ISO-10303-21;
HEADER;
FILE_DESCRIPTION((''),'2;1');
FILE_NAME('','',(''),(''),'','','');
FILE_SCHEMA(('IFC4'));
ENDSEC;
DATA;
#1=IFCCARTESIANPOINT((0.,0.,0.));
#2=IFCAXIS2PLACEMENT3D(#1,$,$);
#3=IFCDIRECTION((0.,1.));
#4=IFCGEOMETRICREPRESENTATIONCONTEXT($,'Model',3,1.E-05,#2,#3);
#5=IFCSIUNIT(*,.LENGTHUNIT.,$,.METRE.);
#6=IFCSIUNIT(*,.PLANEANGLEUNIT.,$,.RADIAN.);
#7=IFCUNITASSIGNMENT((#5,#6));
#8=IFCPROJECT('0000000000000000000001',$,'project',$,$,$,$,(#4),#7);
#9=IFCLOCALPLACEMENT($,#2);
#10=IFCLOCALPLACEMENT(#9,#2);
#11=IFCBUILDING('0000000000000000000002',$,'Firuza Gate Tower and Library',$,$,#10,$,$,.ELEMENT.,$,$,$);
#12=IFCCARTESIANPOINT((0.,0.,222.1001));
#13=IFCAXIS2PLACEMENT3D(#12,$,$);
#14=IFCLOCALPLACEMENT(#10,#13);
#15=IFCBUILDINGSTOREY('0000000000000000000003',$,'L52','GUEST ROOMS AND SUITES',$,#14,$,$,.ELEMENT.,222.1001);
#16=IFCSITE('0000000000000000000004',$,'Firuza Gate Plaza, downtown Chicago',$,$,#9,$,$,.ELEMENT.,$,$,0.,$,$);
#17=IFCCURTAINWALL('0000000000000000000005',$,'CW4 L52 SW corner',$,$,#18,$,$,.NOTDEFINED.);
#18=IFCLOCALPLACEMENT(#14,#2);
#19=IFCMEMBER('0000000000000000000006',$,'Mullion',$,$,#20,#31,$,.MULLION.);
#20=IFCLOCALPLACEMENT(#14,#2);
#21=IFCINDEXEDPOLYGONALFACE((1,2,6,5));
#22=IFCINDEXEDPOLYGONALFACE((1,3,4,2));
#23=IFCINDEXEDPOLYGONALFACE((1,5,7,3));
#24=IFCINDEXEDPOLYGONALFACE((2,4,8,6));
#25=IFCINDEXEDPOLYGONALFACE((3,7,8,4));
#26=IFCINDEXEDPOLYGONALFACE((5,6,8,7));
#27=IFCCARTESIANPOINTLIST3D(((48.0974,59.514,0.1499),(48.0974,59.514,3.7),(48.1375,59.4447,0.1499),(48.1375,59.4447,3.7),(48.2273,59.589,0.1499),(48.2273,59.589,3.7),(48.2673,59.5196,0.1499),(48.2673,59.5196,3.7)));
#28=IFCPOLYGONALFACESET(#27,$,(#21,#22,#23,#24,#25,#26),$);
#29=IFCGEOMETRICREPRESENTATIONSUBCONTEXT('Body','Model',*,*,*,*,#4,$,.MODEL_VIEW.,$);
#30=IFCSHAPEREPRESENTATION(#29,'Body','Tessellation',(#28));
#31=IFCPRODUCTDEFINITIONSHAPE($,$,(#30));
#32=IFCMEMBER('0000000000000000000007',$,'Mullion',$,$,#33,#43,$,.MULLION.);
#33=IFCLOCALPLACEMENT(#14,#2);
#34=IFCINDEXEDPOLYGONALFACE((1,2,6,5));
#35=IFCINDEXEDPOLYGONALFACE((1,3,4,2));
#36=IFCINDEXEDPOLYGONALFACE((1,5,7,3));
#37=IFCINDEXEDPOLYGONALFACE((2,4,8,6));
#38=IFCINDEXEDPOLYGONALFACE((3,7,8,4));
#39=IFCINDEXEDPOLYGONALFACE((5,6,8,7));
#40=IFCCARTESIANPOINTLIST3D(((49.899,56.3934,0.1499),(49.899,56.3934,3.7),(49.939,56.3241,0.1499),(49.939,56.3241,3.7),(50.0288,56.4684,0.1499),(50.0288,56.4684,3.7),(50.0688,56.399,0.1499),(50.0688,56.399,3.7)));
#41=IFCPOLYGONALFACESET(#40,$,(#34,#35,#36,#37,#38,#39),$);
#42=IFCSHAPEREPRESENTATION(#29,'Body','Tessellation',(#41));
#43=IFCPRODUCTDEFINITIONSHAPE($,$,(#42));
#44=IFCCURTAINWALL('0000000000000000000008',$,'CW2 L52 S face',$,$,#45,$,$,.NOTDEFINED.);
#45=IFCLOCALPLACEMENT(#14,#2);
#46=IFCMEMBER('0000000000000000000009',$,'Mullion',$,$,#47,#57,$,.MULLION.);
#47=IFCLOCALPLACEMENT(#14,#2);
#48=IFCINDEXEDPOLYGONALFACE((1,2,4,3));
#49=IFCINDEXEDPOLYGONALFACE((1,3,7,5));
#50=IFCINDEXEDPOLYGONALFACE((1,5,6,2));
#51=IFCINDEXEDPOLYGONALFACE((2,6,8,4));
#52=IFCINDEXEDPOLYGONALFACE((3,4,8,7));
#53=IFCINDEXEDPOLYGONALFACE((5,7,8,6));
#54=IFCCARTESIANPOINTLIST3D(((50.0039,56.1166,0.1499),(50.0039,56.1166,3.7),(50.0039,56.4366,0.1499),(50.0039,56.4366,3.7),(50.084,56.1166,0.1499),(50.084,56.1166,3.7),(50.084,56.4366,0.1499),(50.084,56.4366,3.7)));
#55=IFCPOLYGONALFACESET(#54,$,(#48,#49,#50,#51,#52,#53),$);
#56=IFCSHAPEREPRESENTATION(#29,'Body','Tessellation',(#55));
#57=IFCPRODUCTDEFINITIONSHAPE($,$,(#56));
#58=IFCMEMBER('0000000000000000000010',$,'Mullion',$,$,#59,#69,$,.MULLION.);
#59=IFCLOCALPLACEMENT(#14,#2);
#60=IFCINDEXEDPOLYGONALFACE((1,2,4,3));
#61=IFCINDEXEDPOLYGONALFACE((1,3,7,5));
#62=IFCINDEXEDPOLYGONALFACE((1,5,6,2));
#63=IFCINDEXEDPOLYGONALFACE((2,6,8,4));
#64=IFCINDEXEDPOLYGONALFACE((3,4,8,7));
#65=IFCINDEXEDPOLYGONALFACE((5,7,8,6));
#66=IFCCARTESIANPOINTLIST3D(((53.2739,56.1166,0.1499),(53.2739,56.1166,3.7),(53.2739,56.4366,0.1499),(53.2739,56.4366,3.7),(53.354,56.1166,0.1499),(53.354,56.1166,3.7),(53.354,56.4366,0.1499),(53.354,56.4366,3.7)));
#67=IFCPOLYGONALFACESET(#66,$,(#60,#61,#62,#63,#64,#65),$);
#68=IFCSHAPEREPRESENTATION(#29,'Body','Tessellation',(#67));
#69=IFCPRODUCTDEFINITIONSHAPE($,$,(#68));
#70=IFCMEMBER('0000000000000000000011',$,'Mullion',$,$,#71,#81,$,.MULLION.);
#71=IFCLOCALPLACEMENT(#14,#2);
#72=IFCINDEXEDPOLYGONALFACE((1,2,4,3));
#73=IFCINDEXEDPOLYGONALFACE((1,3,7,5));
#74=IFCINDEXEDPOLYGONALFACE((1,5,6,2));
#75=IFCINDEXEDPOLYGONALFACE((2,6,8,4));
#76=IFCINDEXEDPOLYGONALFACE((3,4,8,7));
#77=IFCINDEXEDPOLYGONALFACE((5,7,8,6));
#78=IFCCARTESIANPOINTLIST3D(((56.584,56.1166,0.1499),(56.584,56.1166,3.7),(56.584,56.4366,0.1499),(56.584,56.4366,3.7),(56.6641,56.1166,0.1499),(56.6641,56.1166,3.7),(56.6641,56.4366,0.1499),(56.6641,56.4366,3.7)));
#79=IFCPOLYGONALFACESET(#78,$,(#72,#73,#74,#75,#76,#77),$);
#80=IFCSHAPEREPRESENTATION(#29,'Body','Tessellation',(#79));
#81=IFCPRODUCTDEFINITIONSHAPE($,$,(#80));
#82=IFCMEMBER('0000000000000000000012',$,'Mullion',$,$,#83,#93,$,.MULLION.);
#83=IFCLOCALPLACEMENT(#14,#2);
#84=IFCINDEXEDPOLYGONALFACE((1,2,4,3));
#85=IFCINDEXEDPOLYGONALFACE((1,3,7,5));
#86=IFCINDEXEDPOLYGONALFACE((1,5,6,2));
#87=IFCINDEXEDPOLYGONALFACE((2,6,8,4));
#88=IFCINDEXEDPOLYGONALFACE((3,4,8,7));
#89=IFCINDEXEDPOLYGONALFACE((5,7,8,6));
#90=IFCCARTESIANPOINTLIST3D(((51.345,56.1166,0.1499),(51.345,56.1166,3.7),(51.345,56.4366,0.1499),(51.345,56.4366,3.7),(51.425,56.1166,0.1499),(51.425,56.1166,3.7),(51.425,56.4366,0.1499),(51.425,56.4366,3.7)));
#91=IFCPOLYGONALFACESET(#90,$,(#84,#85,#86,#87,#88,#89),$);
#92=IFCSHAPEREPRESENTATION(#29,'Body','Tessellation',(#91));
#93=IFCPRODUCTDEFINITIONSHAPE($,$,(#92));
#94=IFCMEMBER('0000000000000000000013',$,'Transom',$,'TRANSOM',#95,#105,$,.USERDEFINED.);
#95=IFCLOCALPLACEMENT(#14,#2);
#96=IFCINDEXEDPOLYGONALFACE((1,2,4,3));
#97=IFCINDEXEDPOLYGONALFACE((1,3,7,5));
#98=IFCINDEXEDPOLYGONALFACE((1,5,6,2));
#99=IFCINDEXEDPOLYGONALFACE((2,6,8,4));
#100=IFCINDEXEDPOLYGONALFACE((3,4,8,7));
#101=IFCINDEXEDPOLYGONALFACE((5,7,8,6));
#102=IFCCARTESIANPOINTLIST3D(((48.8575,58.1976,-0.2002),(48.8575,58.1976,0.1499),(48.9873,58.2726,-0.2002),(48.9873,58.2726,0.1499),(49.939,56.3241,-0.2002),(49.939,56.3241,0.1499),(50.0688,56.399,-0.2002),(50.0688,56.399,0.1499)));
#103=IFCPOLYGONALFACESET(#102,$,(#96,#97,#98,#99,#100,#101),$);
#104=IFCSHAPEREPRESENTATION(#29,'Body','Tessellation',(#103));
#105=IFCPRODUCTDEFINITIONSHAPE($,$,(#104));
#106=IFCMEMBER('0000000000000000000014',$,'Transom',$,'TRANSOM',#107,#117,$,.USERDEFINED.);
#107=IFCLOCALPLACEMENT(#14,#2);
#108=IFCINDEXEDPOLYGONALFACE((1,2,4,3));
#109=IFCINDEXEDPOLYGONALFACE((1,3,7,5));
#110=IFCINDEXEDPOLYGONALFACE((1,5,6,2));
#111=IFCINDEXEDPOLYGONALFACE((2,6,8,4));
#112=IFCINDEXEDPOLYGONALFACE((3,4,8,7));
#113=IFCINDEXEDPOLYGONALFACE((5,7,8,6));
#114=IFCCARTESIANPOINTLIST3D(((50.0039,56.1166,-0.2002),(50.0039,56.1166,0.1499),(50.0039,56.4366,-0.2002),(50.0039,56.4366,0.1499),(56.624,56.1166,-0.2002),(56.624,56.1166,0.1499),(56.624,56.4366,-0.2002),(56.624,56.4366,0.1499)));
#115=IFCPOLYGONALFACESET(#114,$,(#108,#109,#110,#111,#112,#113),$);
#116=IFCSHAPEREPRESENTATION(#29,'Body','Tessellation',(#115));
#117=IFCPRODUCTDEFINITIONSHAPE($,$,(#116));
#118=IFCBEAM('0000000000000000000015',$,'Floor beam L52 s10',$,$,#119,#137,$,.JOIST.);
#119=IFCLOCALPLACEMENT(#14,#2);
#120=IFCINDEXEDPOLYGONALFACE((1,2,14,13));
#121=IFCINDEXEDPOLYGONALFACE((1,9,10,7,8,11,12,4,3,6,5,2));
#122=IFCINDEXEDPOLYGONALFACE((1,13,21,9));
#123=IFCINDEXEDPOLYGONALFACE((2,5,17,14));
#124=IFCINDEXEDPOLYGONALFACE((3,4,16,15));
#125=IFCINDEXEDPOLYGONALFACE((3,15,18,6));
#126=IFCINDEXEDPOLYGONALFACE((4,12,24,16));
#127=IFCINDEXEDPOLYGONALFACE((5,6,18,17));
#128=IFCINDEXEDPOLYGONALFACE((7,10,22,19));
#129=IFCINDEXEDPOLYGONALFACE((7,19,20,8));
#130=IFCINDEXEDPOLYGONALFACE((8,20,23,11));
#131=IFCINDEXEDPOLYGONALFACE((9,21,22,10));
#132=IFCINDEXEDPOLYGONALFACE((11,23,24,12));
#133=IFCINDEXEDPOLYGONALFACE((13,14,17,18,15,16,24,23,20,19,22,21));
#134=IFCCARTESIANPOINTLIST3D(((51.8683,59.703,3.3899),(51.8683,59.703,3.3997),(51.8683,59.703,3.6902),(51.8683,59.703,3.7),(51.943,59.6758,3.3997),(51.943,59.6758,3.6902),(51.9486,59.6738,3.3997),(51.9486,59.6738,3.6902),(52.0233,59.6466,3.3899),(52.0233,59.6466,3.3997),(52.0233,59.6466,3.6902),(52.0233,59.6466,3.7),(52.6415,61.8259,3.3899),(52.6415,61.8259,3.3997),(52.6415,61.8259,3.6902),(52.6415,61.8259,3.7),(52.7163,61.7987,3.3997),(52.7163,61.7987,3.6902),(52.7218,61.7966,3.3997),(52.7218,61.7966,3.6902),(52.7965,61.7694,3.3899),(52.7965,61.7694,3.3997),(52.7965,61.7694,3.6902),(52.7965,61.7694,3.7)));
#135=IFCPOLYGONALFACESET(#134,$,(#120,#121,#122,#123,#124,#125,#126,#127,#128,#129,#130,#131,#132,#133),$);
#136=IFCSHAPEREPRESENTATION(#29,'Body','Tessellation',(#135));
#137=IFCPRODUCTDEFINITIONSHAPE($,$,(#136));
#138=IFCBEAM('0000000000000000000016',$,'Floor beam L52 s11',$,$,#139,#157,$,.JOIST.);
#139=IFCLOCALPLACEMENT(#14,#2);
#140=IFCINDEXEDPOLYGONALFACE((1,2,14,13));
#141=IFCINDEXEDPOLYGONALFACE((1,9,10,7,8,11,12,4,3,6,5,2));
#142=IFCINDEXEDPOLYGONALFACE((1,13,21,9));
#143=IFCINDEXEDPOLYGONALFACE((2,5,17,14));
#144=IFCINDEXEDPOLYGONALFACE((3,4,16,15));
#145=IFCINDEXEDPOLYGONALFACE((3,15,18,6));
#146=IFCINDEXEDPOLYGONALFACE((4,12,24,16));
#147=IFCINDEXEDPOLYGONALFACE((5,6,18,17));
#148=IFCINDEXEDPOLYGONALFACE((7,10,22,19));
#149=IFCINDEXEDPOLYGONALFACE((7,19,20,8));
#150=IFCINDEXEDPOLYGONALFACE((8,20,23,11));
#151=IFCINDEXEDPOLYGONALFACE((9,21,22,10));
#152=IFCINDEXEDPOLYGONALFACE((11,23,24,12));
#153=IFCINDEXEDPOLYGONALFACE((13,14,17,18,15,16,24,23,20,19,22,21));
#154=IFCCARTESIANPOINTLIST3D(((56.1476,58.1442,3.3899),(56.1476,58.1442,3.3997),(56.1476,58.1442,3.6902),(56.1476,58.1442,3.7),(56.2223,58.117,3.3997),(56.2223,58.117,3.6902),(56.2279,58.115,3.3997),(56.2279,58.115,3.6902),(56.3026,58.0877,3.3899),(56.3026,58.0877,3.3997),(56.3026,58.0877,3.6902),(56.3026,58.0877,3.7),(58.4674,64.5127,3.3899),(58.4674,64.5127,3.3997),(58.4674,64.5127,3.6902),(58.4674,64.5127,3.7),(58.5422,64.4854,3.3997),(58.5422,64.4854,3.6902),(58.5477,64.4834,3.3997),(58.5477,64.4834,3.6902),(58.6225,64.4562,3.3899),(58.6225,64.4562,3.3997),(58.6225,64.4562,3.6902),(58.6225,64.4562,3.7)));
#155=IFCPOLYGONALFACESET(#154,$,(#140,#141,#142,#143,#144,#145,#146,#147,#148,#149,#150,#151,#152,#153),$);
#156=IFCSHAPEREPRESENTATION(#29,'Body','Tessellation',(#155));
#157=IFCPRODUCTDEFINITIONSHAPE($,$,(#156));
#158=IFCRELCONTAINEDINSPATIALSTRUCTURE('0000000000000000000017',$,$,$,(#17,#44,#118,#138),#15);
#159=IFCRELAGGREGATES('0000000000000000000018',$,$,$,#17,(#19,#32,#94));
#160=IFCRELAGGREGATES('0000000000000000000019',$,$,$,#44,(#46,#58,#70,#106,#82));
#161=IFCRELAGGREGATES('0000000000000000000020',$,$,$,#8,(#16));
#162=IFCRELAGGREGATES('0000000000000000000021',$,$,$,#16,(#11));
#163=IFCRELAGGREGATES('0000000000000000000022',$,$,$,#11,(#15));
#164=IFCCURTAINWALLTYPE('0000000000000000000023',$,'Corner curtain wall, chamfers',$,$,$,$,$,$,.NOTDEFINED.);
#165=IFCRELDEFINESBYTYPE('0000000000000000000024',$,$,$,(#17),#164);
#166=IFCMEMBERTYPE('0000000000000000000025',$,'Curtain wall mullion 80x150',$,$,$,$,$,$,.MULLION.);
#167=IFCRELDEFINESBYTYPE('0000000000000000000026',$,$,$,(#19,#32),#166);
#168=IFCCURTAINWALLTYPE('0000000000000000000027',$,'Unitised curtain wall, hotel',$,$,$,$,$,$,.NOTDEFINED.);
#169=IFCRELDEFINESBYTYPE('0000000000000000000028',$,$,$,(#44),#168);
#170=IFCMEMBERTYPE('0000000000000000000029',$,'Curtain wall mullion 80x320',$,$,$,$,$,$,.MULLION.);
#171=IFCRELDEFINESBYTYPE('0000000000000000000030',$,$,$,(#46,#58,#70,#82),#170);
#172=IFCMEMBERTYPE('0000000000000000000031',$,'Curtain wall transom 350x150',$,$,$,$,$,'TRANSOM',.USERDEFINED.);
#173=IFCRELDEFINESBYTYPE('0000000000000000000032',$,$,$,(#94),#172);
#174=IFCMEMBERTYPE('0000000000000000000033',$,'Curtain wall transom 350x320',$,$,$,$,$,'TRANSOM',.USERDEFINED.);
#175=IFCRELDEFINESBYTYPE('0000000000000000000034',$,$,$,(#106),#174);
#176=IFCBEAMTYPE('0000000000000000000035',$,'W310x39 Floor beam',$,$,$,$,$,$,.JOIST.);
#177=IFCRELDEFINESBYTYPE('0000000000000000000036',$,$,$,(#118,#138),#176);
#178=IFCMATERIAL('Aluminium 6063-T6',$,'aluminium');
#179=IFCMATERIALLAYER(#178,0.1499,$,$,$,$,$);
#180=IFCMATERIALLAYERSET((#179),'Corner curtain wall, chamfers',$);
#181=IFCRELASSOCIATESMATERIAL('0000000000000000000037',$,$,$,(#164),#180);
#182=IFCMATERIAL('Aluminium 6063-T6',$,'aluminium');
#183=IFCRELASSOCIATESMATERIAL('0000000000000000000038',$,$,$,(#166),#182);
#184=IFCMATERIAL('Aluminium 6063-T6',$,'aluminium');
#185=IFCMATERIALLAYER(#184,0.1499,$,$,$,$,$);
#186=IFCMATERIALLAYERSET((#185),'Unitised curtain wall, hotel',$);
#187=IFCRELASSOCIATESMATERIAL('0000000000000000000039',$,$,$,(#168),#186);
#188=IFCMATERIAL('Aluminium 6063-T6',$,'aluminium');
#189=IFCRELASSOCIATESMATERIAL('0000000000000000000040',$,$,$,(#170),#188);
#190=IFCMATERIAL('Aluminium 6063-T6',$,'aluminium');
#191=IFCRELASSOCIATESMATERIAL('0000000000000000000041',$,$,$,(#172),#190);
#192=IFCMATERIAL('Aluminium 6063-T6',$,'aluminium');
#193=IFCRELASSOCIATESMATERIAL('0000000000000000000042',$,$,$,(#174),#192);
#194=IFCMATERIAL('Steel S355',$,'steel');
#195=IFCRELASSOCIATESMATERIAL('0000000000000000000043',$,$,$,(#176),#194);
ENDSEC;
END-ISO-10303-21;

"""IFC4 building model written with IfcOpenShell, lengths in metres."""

from ifc_helpers import new_model, si_unit, direction, frame, origin, origin_2d, place, context, subcontext, project, spatial, rectangle, i_section, extrude, material, layer, layer_set, material_profile, profile_set, type_object, element, aggregate, save


model = new_model("IFC4")

# Units and contexts
model_context = context("Model", 3, precision=1e-05, world=origin(), true_north=direction((0.0, 1.0)))
body_context = subcontext(model_context, "Body", "Model", "MODEL_VIEW")
ifc_project = project(units=[si_unit("LENGTHUNIT", "METRE"), si_unit("PLANEANGLEUNIT", "RADIAN")], contexts=[model_context])

# Site, building, storey
site_placement = place(None, origin())
site = spatial("IfcSite", under=ifc_project, at=site_placement, Name="Firuza Gate Plaza, downtown Chicago", CompositionType="ELEMENT", RefElevation=0.0)
building_placement = place(site_placement, origin())
building = spatial("IfcBuilding", under=site, at=building_placement, Name="Firuza Gate Tower and Library", CompositionType="ELEMENT")
storey_placement = place(building_placement, frame((0.0, 0.0, 222.1001)))
storey = spatial("IfcBuildingStorey", under=building, at=storey_placement, Name="L52", Description="GUEST ROOMS AND SUITES", CompositionType="ELEMENT", Elevation=222.1001)

# Curtain walls, members
ifc_material_1 = material(Name="Aluminium 6063-T6", Category="aluminium")
ifc_layer_1 = layer(ifc_material_1, 0.1499)
ifc_layer_set_1 = layer_set([ifc_layer_1], Name="Corner curtain wall, chamfers")
curtain_wall_type_1 = type_object("IfcCurtainWallType", Name="Corner curtain wall, chamfers", PredefinedType="NOTDEFINED", material=ifc_layer_set_1)
placement_1 = place(storey_placement, origin())
curtain_wall_1 = element("IfcCurtainWall", 1, at=placement_1, inside=storey, type_object=curtain_wall_type_1, Name="CW4 L52 SW corner", PredefinedType="NOTDEFINED")
ifc_material_2 = material(Name="Aluminium 6063-T6", Category="aluminium")
ifc_material_profile_1 = material_profile(ifc_material_2, rectangle(XDim=0.1499, YDim=0.0801, at=origin_2d()))
ifc_profile_set_1 = profile_set([ifc_material_profile_1], Name="Aluminium 6063-T6")
member_type_1 = type_object("IfcMemberType", Name="Curtain wall mullion 80x150", PredefinedType="MULLION", material=ifc_profile_set_1)
member_1_placement = place(storey_placement, frame((48.1824, 59.5168, 0.1499), z_axis=(0.0, 0.0, 1.0), x_axis=(0.866025, 0.5, 0.0)))
member_1 = element("IfcMember", 2, at=member_1_placement, type_object=member_type_1, Name="Mullion", PredefinedType="MULLION", context=body_context, shape_type="SweptSolid", body=[
    extrude(rectangle(XDim=0.1499, YDim=0.0801, at=origin_2d()), origin(), (0.0, 0.0, 1.0), 3.55),
])
member_2_placement = place(storey_placement, frame((49.9839, 56.3962, 0.1499), z_axis=(0.0, 0.0, 1.0), x_axis=(0.866025, 0.5, 0.0)))
member_2 = element("IfcMember", 3, at=member_2_placement, type_object=member_type_1, Name="Mullion", PredefinedType="MULLION", context=body_context, shape_type="SweptSolid", body=[
    extrude(rectangle(XDim=0.1499, YDim=0.0801, at=origin_2d()), origin(), (0.0, 0.0, 1.0), 3.55),
])
ifc_material_3 = material(Name="Aluminium 6063-T6", Category="aluminium")
ifc_layer_2 = layer(ifc_material_3, 0.1499)
ifc_layer_set_2 = layer_set([ifc_layer_2], Name="Unitised curtain wall, hotel")
curtain_wall_type_2 = type_object("IfcCurtainWallType", Name="Unitised curtain wall, hotel", PredefinedType="NOTDEFINED", material=ifc_layer_set_2)
curtain_wall_2 = element("IfcCurtainWall", 4, at=placement_1, inside=storey, type_object=curtain_wall_type_2, Name="CW2 L52 S face", PredefinedType="NOTDEFINED")
ifc_material_4 = material(Name="Aluminium 6063-T6", Category="aluminium")
ifc_material_profile_2 = material_profile(ifc_material_4, rectangle(XDim=0.3201, YDim=0.0801, at=origin_2d()))
ifc_profile_set_2 = profile_set([ifc_material_profile_2], Name="Aluminium 6063-T6")
member_type_2 = type_object("IfcMemberType", Name="Curtain wall mullion 80x320", PredefinedType="MULLION", material=ifc_profile_set_2)
member_3_placement = place(storey_placement, frame((50.0439, 56.2766, 0.1499), z_axis=(0.0, 0.0, 1.0), x_axis=(0.0, 1.0, 0.0)))
member_3 = element("IfcMember", 5, at=member_3_placement, type_object=member_type_2, Name="Mullion", PredefinedType="MULLION", context=body_context, shape_type="SweptSolid", body=[
    extrude(rectangle(XDim=0.3201, YDim=0.0801, at=origin_2d()), origin(), (0.0, 0.0, 1.0), 3.55),
])
member_4_placement = place(storey_placement, frame((53.314, 56.2766, 0.1499), z_axis=(0.0, 0.0, 1.0), x_axis=(0.0, 1.0, 0.0)))
member_4 = element("IfcMember", 6, at=member_4_placement, type_object=member_type_2, Name="Mullion", PredefinedType="MULLION", context=body_context, shape_type="SweptSolid", body=[
    extrude(rectangle(XDim=0.3201, YDim=0.0801, at=origin_2d()), origin(), (0.0, 0.0, 1.0), 3.55),
])
member_5_placement = place(storey_placement, frame((56.624, 56.2766, 0.1499), z_axis=(0.0, 0.0, 1.0), x_axis=(0.0, 1.0, 0.0)))
member_5 = element("IfcMember", 7, at=member_5_placement, type_object=member_type_2, Name="Mullion", PredefinedType="MULLION", context=body_context, shape_type="SweptSolid", body=[
    extrude(rectangle(XDim=0.3201, YDim=0.0801, at=origin_2d()), origin(), (0.0, 0.0, 1.0), 3.55),
])
member_6_placement = place(storey_placement, frame((51.385, 56.2766, 0.1499), z_axis=(0.0, 0.0, 1.0), x_axis=(0.0, 1.0, 0.0)))
member_6 = element("IfcMember", 8, at=member_6_placement, type_object=member_type_2, Name="Mullion", PredefinedType="MULLION", context=body_context, shape_type="SweptSolid", body=[
    extrude(rectangle(XDim=0.3201, YDim=0.0801, at=origin_2d()), origin(), (0.0, 0.0, 1.0), 3.55),
])

# Members
ifc_material_5 = material(Name="Aluminium 6063-T6", Category="aluminium")
ifc_material_profile_3 = material_profile(ifc_material_5, rectangle(XDim=0.1499, YDim=0.3501, at=origin_2d()))
ifc_profile_set_3 = profile_set([ifc_material_profile_3], Name="Aluminium 6063-T6")
member_type_3 = type_object("IfcMemberType", Name="Curtain wall transom 350x150", ElementType="TRANSOM", PredefinedType="USERDEFINED", material=ifc_profile_set_3)
member_7_placement = place(storey_placement, frame((48.9224, 58.2351, -0.0251), z_axis=(0.49995, -0.866054, 0.0), x_axis=(0.866054, 0.49995, 0.0)))
member_7 = element("IfcMember", 9, at=member_7_placement, type_object=member_type_3, Name="Transom", ObjectType="TRANSOM", PredefinedType="USERDEFINED", context=body_context, shape_type="SweptSolid", body=[
    extrude(rectangle(XDim=0.1499, YDim=0.3501, at=origin_2d()), origin(), (0.0, 0.0, 1.0), 2.1633),
])
ifc_material_6 = material(Name="Aluminium 6063-T6", Category="aluminium")
ifc_material_profile_4 = material_profile(ifc_material_6, rectangle(XDim=0.3201, YDim=0.3501, at=origin_2d()))
ifc_profile_set_4 = profile_set([ifc_material_profile_4], Name="Aluminium 6063-T6")
member_type_4 = type_object("IfcMemberType", Name="Curtain wall transom 350x320", ElementType="TRANSOM", PredefinedType="USERDEFINED", material=ifc_profile_set_4)
member_8_placement = place(storey_placement, frame((50.0039, 56.2766, -0.0251), z_axis=(1.0, 0.0, 0.0), x_axis=(0.0, 1.0, 0.0)))
member_8 = element("IfcMember", 10, at=member_8_placement, type_object=member_type_4, Name="Transom", ObjectType="TRANSOM", PredefinedType="USERDEFINED", context=body_context, shape_type="SweptSolid", body=[
    extrude(rectangle(XDim=0.3201, YDim=0.3501, at=origin_2d()), origin(), (0.0, 0.0, 1.0), 6.6201),
])

# Beams
ifc_material_7 = material(Name="Steel S355", Category="steel")
ifc_material_profile_5 = material_profile(ifc_material_7, i_section(OverallWidth=0.165, OverallDepth=0.3101, WebThickness=0.0059, FlangeThickness=0.0098, at=origin_2d()))
ifc_profile_set_5 = profile_set([ifc_material_profile_5], Name="Steel S355")
beam_type = type_object("IfcBeamType", Name="W310x39 Floor beam", PredefinedType="JOIST", material=ifc_profile_set_5)
beam_1_placement = place(storey_placement, frame((51.9458, 59.6748, 3.5449), z_axis=(0.342238, 0.939613, 0.0), x_axis=(-0.939613, 0.342238, 0.0)))
element("IfcBeam", 11, at=beam_1_placement, inside=storey, type_object=beam_type, Name="Floor beam L52 s10", PredefinedType="JOIST", context=body_context, shape_type="SweptSolid", body=[
    extrude(i_section(OverallWidth=0.165, OverallDepth=0.3101, WebThickness=0.0059, FlangeThickness=0.0098, at=origin_2d()), origin(), (0.0, 0.0, 1.0), 2.2593),
])
beam_2_placement = place(storey_placement, frame((56.2251, 58.116, 3.5449), z_axis=(0.342269, 0.939602, 0.0), x_axis=(-0.939602, 0.342269, 0.0)))
element("IfcBeam", 12, at=beam_2_placement, inside=storey, type_object=beam_type, Name="Floor beam L52 s11", PredefinedType="JOIST", context=body_context, shape_type="SweptSolid", body=[
    extrude(i_section(OverallWidth=0.165, OverallDepth=0.3101, WebThickness=0.0059, FlangeThickness=0.0098, at=origin_2d()), origin(), (0.0, 0.0, 1.0), 6.7778),
])

aggregate(curtain_wall_1, [member_1, member_2, member_7])
aggregate(curtain_wall_2, [member_3, member_4, member_5, member_8, member_6])

save(model, "model.ifc")
